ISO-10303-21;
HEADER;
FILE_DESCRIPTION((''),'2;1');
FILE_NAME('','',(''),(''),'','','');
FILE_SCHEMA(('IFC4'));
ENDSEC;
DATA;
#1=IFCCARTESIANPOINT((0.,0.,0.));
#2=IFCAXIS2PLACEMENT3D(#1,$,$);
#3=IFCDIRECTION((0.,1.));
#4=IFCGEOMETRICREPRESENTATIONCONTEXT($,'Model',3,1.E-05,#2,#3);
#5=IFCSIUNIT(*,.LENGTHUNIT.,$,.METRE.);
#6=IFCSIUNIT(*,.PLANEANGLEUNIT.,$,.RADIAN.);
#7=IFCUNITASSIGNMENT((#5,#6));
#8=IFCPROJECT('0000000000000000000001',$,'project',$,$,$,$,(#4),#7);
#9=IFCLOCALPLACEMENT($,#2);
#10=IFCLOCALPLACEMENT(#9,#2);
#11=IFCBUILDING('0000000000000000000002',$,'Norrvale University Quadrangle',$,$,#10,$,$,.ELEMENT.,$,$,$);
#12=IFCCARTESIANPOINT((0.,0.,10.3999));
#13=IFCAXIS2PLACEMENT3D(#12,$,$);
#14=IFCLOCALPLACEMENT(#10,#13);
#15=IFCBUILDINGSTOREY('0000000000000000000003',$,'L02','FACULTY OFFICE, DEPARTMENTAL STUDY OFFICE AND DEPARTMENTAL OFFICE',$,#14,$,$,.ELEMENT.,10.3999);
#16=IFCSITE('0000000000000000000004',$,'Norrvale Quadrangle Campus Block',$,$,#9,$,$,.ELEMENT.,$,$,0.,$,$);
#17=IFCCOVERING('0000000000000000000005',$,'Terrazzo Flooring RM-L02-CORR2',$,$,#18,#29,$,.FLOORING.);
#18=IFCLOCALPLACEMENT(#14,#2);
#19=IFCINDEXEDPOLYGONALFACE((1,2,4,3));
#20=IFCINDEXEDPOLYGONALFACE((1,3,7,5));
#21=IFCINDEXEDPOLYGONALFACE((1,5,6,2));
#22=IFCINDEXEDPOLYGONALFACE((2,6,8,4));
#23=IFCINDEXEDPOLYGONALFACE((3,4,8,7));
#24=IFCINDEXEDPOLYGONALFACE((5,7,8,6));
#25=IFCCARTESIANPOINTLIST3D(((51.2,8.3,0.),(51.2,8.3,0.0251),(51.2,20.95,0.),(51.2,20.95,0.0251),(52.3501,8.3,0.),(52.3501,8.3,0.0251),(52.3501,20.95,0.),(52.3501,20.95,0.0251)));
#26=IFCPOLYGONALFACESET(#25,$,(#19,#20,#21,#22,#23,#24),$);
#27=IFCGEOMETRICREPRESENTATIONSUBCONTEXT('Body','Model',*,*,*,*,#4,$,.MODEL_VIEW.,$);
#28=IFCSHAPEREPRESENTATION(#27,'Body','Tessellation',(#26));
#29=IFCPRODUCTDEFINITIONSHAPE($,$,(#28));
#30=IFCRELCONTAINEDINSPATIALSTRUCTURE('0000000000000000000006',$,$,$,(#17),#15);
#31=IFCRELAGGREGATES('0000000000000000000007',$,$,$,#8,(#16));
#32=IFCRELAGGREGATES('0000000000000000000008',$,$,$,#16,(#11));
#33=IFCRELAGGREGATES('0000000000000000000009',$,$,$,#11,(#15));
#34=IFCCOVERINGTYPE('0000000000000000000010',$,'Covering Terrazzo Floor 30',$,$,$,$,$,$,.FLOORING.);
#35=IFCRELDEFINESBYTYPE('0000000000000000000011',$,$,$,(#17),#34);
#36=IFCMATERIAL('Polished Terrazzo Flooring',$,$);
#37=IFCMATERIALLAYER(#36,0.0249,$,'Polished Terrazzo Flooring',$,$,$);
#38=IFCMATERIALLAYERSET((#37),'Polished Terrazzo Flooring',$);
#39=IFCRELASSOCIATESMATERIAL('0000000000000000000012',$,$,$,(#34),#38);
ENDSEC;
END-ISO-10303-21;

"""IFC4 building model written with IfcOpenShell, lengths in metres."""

from ifc_helpers import new_model, si_unit, direction, frame, origin, place, context, subcontext, project, spatial, polyline, outline, extrude, material, layer, layer_set, type_object, element, save


model = new_model("IFC4")

# Units and contexts
model_context = context("Model", 3, precision=1e-05, world=origin(), true_north=direction((0.0, 1.0)))
body_context = subcontext(model_context, "Body", "Model", "MODEL_VIEW")
ifc_project = project(units=[si_unit("LENGTHUNIT", "METRE"), si_unit("PLANEANGLEUNIT", "RADIAN")], contexts=[model_context])

# Site, building, storey
site_placement = place(None, origin())
site = spatial("IfcSite", under=ifc_project, at=site_placement, Name="Norrvale Quadrangle Campus Block", CompositionType="ELEMENT", RefElevation=0.0)
building_placement = place(site_placement, origin())
building = spatial("IfcBuilding", under=site, at=building_placement, Name="Norrvale University Quadrangle", CompositionType="ELEMENT")
storey_placement = place(building_placement, frame((0.0, 0.0, 10.3999)))
storey = spatial("IfcBuildingStorey", under=building, at=storey_placement, Name="L02", Description="FACULTY OFFICE, DEPARTMENTAL STUDY OFFICE AND DEPARTMENTAL OFFICE", CompositionType="ELEMENT", Elevation=10.3999)

# Covering
ifc_material_1 = material(Name="Polished Terrazzo Flooring")
ifc_layer_1 = layer(ifc_material_1, 0.0249, Name="Polished Terrazzo Flooring")
ifc_layer_set_1 = layer_set([ifc_layer_1], Name="Polished Terrazzo Flooring")
covering_type_1 = type_object("IfcCoveringType", Name="Covering Terrazzo Floor 30", PredefinedType="FLOORING", material=ifc_layer_set_1)
covering_1_placement = place(storey_placement, origin())
element("IfcCovering", 1, at=covering_1_placement, inside=storey, type_object=covering_type_1, Name="Terrazzo Flooring RM-L02-CORR2", PredefinedType="FLOORING", context=body_context, shape_type="SweptSolid", body=[
    extrude(outline(polyline([(51.2, 8.3), (51.2, 20.95), (52.3501, 20.95), (52.3501, 8.3), (51.2, 8.3)])), origin(), (0.0, 0.0, 1.0), 0.0251),
])

save(model, "model.ifc")
